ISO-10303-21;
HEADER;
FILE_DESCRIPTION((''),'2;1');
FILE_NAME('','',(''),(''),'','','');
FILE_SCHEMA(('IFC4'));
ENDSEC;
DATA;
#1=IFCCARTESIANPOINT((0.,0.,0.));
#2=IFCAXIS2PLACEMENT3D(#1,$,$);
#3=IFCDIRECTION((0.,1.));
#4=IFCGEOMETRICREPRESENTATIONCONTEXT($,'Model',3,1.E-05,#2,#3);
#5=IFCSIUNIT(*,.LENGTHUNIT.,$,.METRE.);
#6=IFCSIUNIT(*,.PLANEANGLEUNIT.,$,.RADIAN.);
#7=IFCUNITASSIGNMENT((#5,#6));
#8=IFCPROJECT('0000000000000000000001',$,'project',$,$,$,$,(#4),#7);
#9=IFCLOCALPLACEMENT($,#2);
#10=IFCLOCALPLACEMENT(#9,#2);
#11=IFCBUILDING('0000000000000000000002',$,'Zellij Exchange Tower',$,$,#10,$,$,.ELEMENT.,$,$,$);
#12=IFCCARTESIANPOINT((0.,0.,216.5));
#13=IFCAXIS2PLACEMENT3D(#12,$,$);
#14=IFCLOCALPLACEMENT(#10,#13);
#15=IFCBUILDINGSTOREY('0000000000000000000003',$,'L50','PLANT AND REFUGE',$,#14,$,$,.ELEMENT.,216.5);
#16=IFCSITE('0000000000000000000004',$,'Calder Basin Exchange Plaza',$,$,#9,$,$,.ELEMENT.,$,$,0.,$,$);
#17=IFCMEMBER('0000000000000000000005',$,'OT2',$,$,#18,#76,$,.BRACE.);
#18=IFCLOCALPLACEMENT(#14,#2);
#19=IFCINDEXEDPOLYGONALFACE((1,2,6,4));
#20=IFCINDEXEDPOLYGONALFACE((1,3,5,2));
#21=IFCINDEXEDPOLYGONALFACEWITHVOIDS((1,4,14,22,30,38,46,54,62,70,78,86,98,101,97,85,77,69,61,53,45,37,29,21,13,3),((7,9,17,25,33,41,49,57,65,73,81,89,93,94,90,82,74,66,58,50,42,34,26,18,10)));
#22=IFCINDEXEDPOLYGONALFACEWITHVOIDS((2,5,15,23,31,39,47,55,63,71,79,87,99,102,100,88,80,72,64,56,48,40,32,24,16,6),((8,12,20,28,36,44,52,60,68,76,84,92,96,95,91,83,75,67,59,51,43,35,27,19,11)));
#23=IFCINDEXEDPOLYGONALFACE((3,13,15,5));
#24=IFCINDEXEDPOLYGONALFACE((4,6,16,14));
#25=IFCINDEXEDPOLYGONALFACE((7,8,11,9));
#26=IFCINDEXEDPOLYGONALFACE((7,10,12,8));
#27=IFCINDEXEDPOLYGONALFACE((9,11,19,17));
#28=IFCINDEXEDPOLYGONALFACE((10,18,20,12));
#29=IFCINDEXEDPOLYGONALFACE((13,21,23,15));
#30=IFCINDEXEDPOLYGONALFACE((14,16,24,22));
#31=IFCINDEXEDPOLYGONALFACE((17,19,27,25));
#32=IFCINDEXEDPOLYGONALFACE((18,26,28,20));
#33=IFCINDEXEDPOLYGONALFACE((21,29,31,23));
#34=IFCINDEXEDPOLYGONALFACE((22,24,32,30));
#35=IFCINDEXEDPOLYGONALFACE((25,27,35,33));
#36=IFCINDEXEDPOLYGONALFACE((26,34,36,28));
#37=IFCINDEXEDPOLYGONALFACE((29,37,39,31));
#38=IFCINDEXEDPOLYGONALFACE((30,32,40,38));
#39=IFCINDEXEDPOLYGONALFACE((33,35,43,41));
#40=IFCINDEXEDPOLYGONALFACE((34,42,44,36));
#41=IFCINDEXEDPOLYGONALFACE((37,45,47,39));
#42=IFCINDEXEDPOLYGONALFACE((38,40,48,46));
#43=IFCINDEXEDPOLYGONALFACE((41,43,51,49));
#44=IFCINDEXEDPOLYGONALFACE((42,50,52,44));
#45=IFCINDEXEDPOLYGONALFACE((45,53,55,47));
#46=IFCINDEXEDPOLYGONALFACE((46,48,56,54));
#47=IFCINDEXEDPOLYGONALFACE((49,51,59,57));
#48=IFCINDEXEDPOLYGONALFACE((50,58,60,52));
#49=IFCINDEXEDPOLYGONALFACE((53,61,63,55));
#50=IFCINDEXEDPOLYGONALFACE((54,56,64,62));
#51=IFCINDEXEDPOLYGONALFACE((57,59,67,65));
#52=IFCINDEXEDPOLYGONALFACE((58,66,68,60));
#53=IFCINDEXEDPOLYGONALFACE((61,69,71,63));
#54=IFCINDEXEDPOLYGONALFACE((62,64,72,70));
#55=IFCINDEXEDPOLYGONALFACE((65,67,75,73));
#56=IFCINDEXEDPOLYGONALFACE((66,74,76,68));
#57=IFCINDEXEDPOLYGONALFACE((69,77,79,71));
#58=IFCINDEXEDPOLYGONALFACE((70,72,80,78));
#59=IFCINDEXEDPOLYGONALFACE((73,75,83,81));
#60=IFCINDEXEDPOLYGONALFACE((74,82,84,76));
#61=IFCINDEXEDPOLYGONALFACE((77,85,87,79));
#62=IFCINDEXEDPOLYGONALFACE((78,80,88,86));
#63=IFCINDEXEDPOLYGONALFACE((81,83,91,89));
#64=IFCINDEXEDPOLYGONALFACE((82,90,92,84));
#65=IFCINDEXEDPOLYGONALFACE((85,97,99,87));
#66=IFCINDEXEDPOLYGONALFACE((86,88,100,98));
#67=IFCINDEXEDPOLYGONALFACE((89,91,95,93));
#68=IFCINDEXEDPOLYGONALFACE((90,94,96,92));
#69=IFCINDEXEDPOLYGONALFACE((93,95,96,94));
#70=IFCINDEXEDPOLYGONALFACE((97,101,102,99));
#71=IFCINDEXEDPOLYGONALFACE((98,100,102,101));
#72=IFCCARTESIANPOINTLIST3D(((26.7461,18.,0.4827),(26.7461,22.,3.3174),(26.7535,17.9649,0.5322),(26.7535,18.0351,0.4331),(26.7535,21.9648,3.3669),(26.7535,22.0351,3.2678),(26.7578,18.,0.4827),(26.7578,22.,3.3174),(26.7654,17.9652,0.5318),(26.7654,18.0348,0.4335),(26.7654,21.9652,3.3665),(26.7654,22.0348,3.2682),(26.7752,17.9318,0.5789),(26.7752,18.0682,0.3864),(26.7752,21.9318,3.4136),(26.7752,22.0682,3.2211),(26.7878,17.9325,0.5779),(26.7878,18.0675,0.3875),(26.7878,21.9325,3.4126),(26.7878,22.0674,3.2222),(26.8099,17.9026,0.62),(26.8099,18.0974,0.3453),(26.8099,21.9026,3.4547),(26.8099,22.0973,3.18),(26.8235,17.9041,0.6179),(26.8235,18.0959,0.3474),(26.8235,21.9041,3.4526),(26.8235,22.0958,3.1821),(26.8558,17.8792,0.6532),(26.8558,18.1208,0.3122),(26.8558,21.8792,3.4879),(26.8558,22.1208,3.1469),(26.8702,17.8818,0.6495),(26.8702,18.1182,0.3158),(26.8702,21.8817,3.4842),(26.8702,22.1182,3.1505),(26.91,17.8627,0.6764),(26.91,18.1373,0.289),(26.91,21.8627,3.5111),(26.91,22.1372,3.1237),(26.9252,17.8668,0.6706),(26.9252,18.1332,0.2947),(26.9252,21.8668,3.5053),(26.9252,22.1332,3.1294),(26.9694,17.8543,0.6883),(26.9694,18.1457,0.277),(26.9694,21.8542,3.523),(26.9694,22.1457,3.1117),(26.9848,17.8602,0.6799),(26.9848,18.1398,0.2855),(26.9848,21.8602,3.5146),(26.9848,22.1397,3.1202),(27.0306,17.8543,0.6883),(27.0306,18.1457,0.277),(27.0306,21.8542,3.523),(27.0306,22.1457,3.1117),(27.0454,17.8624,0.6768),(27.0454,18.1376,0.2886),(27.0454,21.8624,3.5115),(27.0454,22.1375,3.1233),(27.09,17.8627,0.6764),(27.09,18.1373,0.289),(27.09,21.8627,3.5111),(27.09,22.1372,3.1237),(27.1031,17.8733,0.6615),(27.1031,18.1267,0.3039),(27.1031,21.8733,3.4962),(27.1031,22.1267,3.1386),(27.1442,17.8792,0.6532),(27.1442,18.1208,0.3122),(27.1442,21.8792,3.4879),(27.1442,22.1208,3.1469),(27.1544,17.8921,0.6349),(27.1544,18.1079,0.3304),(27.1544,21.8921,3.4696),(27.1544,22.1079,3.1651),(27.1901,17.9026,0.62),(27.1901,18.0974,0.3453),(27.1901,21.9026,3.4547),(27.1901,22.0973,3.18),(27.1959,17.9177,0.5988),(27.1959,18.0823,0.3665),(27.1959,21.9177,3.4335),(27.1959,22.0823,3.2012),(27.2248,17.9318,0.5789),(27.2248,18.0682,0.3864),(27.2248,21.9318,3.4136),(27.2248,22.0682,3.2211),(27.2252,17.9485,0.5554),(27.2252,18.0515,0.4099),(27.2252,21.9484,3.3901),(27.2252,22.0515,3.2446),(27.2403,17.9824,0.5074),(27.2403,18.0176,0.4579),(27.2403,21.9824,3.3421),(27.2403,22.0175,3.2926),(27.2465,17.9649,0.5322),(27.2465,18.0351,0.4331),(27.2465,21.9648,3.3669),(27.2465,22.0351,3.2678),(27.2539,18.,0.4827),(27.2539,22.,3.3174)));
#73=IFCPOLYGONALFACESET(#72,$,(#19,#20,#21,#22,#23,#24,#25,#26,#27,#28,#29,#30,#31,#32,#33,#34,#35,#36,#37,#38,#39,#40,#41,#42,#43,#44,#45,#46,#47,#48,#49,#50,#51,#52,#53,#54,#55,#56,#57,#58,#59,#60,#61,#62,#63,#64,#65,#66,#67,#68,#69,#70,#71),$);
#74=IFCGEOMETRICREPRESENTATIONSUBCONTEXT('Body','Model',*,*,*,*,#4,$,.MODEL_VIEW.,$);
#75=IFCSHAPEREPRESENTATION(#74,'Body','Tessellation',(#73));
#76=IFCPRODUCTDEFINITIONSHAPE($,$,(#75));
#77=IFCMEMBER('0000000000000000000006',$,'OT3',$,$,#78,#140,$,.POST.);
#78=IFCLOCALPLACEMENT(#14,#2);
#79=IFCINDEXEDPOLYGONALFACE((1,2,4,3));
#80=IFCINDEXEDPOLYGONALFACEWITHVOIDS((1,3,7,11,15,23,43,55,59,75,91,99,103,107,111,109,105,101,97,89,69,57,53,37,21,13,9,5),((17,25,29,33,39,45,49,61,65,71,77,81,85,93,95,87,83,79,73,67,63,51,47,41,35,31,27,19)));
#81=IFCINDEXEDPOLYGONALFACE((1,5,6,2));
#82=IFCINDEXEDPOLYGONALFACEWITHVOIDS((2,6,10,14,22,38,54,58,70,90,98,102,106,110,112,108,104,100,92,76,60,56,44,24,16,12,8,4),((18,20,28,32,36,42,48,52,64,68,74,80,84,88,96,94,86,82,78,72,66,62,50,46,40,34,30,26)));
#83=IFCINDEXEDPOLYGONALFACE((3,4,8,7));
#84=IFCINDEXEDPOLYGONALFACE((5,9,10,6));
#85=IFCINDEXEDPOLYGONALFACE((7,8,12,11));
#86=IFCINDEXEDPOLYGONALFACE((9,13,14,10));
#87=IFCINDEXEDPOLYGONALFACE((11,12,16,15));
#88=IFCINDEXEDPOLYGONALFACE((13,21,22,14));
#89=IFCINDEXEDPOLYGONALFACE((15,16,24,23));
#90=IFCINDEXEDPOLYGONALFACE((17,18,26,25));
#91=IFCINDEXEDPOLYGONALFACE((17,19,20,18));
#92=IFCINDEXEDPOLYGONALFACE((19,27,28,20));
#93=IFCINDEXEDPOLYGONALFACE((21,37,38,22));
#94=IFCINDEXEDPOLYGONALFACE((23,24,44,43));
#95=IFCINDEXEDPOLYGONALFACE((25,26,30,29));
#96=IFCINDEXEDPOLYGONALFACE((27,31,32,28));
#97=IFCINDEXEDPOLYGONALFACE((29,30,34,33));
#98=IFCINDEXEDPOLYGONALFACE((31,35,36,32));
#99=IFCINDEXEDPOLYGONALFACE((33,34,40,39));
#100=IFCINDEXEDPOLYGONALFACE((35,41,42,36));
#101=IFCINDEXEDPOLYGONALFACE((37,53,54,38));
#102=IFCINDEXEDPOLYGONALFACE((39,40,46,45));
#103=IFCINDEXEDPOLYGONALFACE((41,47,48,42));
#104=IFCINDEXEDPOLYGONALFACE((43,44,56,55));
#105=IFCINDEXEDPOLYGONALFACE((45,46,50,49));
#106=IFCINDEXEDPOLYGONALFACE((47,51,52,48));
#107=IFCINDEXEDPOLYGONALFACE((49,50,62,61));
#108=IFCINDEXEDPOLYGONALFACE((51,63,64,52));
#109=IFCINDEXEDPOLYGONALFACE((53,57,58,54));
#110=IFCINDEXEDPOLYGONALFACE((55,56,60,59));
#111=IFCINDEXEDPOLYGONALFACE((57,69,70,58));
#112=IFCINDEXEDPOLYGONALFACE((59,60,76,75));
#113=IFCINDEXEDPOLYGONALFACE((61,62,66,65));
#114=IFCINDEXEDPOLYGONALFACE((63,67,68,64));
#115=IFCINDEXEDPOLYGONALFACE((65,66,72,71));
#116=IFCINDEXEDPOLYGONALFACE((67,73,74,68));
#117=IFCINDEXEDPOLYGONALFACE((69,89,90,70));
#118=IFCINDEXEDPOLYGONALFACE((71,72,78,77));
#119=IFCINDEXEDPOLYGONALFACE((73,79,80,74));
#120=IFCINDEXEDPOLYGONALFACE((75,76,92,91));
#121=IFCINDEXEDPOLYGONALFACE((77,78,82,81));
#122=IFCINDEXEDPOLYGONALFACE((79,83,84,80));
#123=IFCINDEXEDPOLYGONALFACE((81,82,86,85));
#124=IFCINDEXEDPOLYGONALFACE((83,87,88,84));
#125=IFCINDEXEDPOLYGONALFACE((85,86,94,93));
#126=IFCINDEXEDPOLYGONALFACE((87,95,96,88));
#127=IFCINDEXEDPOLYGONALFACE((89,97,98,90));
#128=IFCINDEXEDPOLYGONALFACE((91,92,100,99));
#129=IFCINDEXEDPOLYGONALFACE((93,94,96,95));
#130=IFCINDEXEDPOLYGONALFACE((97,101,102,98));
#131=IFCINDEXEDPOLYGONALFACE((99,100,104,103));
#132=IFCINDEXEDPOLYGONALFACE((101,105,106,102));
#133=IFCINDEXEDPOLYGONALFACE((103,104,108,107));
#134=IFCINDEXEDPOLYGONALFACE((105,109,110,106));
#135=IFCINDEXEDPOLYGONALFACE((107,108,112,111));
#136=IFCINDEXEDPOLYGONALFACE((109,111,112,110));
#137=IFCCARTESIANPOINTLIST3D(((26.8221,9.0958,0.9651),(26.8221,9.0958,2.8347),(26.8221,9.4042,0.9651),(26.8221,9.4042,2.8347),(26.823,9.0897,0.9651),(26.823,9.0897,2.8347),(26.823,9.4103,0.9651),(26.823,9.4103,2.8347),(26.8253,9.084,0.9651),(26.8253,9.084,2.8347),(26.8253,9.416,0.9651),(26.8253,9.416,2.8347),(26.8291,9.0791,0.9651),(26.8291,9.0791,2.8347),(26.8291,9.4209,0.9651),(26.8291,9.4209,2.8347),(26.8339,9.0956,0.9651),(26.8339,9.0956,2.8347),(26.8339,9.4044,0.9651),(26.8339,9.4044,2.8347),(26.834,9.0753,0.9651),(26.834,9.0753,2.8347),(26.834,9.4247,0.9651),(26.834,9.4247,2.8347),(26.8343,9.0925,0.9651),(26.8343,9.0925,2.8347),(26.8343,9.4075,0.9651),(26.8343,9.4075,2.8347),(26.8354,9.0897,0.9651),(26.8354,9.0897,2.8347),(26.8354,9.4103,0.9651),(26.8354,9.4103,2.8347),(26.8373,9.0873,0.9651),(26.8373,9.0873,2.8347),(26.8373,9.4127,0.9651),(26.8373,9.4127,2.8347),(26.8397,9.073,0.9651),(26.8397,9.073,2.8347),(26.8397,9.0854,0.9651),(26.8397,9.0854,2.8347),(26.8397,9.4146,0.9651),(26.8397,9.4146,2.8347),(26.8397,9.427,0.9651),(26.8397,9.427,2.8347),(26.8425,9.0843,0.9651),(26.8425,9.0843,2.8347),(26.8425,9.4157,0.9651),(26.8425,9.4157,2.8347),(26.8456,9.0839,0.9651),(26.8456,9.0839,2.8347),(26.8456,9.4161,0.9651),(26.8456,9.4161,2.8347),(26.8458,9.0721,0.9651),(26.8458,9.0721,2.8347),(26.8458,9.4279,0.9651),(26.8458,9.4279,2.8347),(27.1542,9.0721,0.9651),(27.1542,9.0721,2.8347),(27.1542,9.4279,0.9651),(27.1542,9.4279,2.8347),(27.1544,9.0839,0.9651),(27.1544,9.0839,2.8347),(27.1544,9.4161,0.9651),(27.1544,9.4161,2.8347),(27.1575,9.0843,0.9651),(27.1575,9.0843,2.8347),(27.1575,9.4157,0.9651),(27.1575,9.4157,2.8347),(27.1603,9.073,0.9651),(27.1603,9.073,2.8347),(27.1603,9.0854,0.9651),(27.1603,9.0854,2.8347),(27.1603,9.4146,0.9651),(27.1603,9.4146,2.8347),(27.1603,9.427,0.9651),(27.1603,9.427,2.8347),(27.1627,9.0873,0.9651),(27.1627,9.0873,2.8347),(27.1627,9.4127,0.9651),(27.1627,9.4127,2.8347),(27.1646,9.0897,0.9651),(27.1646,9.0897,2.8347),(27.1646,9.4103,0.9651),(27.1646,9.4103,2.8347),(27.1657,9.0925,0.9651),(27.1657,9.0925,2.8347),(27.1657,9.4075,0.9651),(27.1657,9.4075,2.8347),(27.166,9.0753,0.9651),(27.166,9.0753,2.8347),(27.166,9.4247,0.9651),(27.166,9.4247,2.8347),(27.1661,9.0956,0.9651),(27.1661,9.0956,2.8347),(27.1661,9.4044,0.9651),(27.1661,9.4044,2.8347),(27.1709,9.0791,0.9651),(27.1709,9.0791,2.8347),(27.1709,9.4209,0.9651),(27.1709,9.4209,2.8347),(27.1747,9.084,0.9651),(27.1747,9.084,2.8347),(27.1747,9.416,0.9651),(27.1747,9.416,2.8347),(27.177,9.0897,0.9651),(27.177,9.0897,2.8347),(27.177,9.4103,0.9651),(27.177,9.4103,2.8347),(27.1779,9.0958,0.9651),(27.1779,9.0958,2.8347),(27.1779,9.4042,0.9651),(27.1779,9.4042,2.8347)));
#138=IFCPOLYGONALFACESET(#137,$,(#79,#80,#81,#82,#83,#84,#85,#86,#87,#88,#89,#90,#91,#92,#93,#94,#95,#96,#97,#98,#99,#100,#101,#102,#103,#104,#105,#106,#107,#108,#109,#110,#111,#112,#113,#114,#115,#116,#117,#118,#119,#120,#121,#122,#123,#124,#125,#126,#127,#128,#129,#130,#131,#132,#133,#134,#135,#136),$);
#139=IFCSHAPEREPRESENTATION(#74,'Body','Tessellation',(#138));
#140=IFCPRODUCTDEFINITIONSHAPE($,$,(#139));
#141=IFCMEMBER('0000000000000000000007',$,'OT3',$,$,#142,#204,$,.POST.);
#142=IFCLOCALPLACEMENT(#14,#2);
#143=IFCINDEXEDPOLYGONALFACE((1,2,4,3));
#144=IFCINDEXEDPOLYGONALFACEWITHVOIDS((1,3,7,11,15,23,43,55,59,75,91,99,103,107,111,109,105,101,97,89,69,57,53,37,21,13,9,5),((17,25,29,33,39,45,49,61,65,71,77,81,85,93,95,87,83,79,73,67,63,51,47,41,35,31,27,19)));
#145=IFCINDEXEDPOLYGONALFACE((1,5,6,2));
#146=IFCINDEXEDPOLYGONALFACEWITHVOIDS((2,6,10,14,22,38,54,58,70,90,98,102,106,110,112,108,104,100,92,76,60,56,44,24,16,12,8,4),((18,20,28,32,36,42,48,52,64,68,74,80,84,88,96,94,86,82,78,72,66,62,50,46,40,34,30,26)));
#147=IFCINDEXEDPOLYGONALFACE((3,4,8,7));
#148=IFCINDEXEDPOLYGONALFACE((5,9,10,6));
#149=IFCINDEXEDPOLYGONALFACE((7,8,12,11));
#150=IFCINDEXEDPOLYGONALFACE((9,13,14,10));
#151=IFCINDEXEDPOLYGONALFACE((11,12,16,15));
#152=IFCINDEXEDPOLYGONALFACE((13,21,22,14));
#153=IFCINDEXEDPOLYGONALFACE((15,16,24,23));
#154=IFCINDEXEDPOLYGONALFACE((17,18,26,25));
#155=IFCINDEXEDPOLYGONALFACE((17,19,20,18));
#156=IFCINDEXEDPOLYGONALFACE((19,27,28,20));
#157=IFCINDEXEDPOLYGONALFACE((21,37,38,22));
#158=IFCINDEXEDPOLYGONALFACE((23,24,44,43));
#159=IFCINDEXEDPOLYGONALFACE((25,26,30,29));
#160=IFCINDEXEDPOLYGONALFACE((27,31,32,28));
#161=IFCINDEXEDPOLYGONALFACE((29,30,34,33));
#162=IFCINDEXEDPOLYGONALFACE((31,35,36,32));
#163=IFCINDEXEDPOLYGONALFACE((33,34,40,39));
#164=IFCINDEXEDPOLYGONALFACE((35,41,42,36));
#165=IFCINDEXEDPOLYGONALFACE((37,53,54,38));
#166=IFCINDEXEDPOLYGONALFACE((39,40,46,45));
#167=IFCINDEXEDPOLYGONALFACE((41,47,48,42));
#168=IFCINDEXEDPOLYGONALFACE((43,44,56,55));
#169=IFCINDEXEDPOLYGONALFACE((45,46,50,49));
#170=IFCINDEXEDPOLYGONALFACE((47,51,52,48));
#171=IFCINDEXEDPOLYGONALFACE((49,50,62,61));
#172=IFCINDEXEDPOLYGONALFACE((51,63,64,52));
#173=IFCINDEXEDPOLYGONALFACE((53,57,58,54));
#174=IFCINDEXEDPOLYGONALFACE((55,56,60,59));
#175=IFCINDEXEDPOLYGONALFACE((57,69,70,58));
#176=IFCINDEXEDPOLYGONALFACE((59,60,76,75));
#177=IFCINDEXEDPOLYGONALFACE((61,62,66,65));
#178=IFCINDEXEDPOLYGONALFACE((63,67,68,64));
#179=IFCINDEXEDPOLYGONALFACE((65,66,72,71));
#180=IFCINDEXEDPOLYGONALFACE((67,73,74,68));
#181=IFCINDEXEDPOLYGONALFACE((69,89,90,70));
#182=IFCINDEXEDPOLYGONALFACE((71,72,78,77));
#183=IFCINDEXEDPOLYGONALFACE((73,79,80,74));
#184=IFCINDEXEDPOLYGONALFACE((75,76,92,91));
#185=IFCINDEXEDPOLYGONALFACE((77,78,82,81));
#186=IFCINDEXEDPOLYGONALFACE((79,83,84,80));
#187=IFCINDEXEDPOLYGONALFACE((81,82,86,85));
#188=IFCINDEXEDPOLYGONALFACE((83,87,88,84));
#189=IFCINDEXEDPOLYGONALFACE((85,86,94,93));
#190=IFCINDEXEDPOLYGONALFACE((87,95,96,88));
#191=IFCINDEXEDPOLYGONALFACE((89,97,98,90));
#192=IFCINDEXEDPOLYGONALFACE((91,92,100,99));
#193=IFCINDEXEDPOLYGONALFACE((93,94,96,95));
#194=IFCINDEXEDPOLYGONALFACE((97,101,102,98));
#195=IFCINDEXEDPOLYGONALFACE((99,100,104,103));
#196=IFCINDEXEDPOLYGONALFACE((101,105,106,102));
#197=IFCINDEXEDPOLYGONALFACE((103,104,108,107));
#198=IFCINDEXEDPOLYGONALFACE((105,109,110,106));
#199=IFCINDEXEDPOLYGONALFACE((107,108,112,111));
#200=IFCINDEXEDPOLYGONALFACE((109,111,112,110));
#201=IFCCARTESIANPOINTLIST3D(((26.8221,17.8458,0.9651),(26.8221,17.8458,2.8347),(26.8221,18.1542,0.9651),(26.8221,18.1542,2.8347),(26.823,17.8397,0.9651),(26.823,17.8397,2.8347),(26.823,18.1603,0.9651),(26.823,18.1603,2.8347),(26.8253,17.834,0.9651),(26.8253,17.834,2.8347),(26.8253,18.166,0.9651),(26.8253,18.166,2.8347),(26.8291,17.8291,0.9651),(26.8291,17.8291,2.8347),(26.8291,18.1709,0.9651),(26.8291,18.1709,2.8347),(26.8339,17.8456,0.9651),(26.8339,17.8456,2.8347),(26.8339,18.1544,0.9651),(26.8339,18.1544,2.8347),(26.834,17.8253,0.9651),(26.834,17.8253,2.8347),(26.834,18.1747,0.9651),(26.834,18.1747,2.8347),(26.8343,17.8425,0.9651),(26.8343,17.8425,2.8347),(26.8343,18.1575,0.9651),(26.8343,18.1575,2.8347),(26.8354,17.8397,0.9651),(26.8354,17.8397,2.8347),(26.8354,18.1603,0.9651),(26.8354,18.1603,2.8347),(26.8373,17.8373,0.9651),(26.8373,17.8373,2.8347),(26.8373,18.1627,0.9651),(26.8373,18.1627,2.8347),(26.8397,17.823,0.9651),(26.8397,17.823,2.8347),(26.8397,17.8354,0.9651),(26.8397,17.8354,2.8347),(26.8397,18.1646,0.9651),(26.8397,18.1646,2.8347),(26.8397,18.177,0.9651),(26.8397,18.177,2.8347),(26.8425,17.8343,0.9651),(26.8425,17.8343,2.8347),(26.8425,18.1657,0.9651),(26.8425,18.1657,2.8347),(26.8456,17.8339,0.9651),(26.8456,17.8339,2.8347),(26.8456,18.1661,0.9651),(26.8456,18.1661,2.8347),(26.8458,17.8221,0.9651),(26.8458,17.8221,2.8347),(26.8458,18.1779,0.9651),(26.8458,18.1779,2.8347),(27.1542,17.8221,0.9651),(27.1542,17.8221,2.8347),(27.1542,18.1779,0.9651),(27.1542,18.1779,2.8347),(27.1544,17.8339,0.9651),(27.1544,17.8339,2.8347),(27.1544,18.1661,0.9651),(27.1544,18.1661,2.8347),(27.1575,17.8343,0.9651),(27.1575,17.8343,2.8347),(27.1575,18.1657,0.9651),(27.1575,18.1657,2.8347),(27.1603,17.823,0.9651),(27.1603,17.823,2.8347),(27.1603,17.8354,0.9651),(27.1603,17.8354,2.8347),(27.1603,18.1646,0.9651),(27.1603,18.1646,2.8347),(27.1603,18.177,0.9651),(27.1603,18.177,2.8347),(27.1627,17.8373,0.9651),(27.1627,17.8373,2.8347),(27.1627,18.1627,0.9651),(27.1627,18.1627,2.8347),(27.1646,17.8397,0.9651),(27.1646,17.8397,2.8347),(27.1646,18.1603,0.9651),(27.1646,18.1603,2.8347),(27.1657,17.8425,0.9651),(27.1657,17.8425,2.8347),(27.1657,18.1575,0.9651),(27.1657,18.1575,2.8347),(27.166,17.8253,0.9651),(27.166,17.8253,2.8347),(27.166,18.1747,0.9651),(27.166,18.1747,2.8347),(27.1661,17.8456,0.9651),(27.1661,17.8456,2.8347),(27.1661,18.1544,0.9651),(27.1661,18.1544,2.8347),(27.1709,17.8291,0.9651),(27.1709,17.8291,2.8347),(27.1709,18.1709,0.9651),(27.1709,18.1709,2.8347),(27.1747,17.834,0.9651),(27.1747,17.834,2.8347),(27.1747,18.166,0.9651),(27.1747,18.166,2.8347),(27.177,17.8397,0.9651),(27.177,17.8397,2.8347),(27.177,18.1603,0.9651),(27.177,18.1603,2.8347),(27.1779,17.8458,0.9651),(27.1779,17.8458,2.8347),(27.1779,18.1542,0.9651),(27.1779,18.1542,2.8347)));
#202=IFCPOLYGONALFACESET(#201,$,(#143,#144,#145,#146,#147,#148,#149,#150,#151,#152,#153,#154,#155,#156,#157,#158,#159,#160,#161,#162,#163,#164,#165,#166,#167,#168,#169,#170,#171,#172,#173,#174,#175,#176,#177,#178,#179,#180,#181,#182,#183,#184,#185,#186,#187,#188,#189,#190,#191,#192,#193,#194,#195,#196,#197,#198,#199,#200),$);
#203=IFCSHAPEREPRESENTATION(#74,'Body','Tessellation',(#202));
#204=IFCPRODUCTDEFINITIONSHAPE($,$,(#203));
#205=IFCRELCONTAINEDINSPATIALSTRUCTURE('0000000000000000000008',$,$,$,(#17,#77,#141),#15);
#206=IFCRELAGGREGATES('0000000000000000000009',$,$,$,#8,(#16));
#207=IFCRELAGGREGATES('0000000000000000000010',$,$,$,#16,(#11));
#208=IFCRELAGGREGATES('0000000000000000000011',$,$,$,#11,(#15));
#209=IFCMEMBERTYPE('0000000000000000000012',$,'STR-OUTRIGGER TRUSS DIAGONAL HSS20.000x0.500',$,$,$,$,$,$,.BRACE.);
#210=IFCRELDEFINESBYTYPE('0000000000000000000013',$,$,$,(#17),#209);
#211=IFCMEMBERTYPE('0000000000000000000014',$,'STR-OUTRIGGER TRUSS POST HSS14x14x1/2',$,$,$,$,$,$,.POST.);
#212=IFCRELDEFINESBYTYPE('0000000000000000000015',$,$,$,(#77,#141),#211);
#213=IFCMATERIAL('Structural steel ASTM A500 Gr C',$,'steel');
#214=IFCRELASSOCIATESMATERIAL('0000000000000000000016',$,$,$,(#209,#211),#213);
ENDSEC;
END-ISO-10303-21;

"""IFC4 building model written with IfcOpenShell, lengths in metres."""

from ifc_helpers import new_model, si_unit, direction, frame, origin, origin_2d, place, context, subcontext, project, spatial, hollow_rectangle, hollow_circle, extrude, material, material_profile, profile_set, type_object, element, save


model = new_model("IFC4")

# Units and contexts
model_context = context("Model", 3, precision=1e-05, world=origin(), true_north=direction((0.0, 1.0)))
body_context = subcontext(model_context, "Body", "Model", "MODEL_VIEW")
ifc_project = project(units=[si_unit("LENGTHUNIT", "METRE"), si_unit("PLANEANGLEUNIT", "RADIAN")], contexts=[model_context])

# Site, building, storey
site_placement = place(None, origin())
site = spatial("IfcSite", under=ifc_project, at=site_placement, Name="Calder Basin Exchange Plaza", CompositionType="ELEMENT", RefElevation=0.0)
building_placement = place(site_placement, origin())
building = spatial("IfcBuilding", under=site, at=building_placement, Name="Zellij Exchange Tower", CompositionType="ELEMENT")
storey_placement = place(building_placement, frame((0.0, 0.0, 216.5)))
storey = spatial("IfcBuildingStorey", under=building, at=storey_placement, Name="L50", Description="PLANT AND REFUGE", CompositionType="ELEMENT", Elevation=216.5)

# Members
ifc_material_1 = material(Name="Structural steel ASTM A500 Gr C", Category="steel")
ifc_material_profile_1 = material_profile(ifc_material_1, hollow_circle(Radius=0.2539, WallThickness=0.0117, at=origin_2d()), Name="STR-OUTRIGGER TRUSS DIAGONAL HSS20.000x0.500")
ifc_profile_set_1 = profile_set([ifc_material_profile_1], Name="Structural steel ASTM A500 Gr C")
member_type_1 = type_object("IfcMemberType", Name="STR-OUTRIGGER TRUSS DIAGONAL HSS20.000x0.500", PredefinedType="BRACE", material=ifc_profile_set_1)
for number, where, z_axis, x_axis, name in (
    (1, (27.0, 18.0, 0.4827), (0.0, 0.815891, 0.578205), (-1.0, 0.0, 0.0), "OT2"),
):
    element("IfcMember", number, at=place(storey_placement, frame(where, z_axis=z_axis, x_axis=x_axis)), inside=storey, type_object=member_type_1, Name=name, PredefinedType="BRACE", context=body_context, shape_type="SweptSolid", body=[
        extrude(hollow_circle(Radius=0.2539, WallThickness=0.0117, at=origin_2d()), origin(), (0.0, 0.0, 1.0), 4.9026),
    ])
ifc_material_profile_2 = material_profile(ifc_material_1, hollow_rectangle(XDim=0.3557, YDim=0.3557, WallThickness=0.0117, InnerFilletRadius=0.0117, OuterFilletRadius=0.0237, at=origin_2d()), Name="STR-OUTRIGGER TRUSS POST HSS14x14x1/2")
ifc_profile_set_2 = profile_set([ifc_material_profile_2], Name="Structural steel ASTM A500 Gr C")
member_type_2 = type_object("IfcMemberType", Name="STR-OUTRIGGER TRUSS POST HSS14x14x1/2", PredefinedType="POST", material=ifc_profile_set_2)
for number, where, z_axis, x_axis, name in (
    (2, (27.0, 9.25, 0.9651), (0.0, 0.0, 1.0), (1.0, 0.0, 0.0), "OT3"),
    (3, (27.0, 18.0, 0.9651), (0.0, 0.0, 1.0), (1.0, 0.0, 0.0), "OT3"),
):
    element("IfcMember", number, at=place(storey_placement, frame(where, z_axis=z_axis, x_axis=x_axis)), inside=storey, type_object=member_type_2, Name=name, PredefinedType="POST", context=body_context, shape_type="SweptSolid", body=[
        extrude(hollow_rectangle(XDim=0.3557, YDim=0.3557, WallThickness=0.0117, InnerFilletRadius=0.0117, OuterFilletRadius=0.0237, at=origin_2d()), origin(), (0.0, 0.0, 1.0), 1.8696),
    ])

save(model, "model.ifc")
